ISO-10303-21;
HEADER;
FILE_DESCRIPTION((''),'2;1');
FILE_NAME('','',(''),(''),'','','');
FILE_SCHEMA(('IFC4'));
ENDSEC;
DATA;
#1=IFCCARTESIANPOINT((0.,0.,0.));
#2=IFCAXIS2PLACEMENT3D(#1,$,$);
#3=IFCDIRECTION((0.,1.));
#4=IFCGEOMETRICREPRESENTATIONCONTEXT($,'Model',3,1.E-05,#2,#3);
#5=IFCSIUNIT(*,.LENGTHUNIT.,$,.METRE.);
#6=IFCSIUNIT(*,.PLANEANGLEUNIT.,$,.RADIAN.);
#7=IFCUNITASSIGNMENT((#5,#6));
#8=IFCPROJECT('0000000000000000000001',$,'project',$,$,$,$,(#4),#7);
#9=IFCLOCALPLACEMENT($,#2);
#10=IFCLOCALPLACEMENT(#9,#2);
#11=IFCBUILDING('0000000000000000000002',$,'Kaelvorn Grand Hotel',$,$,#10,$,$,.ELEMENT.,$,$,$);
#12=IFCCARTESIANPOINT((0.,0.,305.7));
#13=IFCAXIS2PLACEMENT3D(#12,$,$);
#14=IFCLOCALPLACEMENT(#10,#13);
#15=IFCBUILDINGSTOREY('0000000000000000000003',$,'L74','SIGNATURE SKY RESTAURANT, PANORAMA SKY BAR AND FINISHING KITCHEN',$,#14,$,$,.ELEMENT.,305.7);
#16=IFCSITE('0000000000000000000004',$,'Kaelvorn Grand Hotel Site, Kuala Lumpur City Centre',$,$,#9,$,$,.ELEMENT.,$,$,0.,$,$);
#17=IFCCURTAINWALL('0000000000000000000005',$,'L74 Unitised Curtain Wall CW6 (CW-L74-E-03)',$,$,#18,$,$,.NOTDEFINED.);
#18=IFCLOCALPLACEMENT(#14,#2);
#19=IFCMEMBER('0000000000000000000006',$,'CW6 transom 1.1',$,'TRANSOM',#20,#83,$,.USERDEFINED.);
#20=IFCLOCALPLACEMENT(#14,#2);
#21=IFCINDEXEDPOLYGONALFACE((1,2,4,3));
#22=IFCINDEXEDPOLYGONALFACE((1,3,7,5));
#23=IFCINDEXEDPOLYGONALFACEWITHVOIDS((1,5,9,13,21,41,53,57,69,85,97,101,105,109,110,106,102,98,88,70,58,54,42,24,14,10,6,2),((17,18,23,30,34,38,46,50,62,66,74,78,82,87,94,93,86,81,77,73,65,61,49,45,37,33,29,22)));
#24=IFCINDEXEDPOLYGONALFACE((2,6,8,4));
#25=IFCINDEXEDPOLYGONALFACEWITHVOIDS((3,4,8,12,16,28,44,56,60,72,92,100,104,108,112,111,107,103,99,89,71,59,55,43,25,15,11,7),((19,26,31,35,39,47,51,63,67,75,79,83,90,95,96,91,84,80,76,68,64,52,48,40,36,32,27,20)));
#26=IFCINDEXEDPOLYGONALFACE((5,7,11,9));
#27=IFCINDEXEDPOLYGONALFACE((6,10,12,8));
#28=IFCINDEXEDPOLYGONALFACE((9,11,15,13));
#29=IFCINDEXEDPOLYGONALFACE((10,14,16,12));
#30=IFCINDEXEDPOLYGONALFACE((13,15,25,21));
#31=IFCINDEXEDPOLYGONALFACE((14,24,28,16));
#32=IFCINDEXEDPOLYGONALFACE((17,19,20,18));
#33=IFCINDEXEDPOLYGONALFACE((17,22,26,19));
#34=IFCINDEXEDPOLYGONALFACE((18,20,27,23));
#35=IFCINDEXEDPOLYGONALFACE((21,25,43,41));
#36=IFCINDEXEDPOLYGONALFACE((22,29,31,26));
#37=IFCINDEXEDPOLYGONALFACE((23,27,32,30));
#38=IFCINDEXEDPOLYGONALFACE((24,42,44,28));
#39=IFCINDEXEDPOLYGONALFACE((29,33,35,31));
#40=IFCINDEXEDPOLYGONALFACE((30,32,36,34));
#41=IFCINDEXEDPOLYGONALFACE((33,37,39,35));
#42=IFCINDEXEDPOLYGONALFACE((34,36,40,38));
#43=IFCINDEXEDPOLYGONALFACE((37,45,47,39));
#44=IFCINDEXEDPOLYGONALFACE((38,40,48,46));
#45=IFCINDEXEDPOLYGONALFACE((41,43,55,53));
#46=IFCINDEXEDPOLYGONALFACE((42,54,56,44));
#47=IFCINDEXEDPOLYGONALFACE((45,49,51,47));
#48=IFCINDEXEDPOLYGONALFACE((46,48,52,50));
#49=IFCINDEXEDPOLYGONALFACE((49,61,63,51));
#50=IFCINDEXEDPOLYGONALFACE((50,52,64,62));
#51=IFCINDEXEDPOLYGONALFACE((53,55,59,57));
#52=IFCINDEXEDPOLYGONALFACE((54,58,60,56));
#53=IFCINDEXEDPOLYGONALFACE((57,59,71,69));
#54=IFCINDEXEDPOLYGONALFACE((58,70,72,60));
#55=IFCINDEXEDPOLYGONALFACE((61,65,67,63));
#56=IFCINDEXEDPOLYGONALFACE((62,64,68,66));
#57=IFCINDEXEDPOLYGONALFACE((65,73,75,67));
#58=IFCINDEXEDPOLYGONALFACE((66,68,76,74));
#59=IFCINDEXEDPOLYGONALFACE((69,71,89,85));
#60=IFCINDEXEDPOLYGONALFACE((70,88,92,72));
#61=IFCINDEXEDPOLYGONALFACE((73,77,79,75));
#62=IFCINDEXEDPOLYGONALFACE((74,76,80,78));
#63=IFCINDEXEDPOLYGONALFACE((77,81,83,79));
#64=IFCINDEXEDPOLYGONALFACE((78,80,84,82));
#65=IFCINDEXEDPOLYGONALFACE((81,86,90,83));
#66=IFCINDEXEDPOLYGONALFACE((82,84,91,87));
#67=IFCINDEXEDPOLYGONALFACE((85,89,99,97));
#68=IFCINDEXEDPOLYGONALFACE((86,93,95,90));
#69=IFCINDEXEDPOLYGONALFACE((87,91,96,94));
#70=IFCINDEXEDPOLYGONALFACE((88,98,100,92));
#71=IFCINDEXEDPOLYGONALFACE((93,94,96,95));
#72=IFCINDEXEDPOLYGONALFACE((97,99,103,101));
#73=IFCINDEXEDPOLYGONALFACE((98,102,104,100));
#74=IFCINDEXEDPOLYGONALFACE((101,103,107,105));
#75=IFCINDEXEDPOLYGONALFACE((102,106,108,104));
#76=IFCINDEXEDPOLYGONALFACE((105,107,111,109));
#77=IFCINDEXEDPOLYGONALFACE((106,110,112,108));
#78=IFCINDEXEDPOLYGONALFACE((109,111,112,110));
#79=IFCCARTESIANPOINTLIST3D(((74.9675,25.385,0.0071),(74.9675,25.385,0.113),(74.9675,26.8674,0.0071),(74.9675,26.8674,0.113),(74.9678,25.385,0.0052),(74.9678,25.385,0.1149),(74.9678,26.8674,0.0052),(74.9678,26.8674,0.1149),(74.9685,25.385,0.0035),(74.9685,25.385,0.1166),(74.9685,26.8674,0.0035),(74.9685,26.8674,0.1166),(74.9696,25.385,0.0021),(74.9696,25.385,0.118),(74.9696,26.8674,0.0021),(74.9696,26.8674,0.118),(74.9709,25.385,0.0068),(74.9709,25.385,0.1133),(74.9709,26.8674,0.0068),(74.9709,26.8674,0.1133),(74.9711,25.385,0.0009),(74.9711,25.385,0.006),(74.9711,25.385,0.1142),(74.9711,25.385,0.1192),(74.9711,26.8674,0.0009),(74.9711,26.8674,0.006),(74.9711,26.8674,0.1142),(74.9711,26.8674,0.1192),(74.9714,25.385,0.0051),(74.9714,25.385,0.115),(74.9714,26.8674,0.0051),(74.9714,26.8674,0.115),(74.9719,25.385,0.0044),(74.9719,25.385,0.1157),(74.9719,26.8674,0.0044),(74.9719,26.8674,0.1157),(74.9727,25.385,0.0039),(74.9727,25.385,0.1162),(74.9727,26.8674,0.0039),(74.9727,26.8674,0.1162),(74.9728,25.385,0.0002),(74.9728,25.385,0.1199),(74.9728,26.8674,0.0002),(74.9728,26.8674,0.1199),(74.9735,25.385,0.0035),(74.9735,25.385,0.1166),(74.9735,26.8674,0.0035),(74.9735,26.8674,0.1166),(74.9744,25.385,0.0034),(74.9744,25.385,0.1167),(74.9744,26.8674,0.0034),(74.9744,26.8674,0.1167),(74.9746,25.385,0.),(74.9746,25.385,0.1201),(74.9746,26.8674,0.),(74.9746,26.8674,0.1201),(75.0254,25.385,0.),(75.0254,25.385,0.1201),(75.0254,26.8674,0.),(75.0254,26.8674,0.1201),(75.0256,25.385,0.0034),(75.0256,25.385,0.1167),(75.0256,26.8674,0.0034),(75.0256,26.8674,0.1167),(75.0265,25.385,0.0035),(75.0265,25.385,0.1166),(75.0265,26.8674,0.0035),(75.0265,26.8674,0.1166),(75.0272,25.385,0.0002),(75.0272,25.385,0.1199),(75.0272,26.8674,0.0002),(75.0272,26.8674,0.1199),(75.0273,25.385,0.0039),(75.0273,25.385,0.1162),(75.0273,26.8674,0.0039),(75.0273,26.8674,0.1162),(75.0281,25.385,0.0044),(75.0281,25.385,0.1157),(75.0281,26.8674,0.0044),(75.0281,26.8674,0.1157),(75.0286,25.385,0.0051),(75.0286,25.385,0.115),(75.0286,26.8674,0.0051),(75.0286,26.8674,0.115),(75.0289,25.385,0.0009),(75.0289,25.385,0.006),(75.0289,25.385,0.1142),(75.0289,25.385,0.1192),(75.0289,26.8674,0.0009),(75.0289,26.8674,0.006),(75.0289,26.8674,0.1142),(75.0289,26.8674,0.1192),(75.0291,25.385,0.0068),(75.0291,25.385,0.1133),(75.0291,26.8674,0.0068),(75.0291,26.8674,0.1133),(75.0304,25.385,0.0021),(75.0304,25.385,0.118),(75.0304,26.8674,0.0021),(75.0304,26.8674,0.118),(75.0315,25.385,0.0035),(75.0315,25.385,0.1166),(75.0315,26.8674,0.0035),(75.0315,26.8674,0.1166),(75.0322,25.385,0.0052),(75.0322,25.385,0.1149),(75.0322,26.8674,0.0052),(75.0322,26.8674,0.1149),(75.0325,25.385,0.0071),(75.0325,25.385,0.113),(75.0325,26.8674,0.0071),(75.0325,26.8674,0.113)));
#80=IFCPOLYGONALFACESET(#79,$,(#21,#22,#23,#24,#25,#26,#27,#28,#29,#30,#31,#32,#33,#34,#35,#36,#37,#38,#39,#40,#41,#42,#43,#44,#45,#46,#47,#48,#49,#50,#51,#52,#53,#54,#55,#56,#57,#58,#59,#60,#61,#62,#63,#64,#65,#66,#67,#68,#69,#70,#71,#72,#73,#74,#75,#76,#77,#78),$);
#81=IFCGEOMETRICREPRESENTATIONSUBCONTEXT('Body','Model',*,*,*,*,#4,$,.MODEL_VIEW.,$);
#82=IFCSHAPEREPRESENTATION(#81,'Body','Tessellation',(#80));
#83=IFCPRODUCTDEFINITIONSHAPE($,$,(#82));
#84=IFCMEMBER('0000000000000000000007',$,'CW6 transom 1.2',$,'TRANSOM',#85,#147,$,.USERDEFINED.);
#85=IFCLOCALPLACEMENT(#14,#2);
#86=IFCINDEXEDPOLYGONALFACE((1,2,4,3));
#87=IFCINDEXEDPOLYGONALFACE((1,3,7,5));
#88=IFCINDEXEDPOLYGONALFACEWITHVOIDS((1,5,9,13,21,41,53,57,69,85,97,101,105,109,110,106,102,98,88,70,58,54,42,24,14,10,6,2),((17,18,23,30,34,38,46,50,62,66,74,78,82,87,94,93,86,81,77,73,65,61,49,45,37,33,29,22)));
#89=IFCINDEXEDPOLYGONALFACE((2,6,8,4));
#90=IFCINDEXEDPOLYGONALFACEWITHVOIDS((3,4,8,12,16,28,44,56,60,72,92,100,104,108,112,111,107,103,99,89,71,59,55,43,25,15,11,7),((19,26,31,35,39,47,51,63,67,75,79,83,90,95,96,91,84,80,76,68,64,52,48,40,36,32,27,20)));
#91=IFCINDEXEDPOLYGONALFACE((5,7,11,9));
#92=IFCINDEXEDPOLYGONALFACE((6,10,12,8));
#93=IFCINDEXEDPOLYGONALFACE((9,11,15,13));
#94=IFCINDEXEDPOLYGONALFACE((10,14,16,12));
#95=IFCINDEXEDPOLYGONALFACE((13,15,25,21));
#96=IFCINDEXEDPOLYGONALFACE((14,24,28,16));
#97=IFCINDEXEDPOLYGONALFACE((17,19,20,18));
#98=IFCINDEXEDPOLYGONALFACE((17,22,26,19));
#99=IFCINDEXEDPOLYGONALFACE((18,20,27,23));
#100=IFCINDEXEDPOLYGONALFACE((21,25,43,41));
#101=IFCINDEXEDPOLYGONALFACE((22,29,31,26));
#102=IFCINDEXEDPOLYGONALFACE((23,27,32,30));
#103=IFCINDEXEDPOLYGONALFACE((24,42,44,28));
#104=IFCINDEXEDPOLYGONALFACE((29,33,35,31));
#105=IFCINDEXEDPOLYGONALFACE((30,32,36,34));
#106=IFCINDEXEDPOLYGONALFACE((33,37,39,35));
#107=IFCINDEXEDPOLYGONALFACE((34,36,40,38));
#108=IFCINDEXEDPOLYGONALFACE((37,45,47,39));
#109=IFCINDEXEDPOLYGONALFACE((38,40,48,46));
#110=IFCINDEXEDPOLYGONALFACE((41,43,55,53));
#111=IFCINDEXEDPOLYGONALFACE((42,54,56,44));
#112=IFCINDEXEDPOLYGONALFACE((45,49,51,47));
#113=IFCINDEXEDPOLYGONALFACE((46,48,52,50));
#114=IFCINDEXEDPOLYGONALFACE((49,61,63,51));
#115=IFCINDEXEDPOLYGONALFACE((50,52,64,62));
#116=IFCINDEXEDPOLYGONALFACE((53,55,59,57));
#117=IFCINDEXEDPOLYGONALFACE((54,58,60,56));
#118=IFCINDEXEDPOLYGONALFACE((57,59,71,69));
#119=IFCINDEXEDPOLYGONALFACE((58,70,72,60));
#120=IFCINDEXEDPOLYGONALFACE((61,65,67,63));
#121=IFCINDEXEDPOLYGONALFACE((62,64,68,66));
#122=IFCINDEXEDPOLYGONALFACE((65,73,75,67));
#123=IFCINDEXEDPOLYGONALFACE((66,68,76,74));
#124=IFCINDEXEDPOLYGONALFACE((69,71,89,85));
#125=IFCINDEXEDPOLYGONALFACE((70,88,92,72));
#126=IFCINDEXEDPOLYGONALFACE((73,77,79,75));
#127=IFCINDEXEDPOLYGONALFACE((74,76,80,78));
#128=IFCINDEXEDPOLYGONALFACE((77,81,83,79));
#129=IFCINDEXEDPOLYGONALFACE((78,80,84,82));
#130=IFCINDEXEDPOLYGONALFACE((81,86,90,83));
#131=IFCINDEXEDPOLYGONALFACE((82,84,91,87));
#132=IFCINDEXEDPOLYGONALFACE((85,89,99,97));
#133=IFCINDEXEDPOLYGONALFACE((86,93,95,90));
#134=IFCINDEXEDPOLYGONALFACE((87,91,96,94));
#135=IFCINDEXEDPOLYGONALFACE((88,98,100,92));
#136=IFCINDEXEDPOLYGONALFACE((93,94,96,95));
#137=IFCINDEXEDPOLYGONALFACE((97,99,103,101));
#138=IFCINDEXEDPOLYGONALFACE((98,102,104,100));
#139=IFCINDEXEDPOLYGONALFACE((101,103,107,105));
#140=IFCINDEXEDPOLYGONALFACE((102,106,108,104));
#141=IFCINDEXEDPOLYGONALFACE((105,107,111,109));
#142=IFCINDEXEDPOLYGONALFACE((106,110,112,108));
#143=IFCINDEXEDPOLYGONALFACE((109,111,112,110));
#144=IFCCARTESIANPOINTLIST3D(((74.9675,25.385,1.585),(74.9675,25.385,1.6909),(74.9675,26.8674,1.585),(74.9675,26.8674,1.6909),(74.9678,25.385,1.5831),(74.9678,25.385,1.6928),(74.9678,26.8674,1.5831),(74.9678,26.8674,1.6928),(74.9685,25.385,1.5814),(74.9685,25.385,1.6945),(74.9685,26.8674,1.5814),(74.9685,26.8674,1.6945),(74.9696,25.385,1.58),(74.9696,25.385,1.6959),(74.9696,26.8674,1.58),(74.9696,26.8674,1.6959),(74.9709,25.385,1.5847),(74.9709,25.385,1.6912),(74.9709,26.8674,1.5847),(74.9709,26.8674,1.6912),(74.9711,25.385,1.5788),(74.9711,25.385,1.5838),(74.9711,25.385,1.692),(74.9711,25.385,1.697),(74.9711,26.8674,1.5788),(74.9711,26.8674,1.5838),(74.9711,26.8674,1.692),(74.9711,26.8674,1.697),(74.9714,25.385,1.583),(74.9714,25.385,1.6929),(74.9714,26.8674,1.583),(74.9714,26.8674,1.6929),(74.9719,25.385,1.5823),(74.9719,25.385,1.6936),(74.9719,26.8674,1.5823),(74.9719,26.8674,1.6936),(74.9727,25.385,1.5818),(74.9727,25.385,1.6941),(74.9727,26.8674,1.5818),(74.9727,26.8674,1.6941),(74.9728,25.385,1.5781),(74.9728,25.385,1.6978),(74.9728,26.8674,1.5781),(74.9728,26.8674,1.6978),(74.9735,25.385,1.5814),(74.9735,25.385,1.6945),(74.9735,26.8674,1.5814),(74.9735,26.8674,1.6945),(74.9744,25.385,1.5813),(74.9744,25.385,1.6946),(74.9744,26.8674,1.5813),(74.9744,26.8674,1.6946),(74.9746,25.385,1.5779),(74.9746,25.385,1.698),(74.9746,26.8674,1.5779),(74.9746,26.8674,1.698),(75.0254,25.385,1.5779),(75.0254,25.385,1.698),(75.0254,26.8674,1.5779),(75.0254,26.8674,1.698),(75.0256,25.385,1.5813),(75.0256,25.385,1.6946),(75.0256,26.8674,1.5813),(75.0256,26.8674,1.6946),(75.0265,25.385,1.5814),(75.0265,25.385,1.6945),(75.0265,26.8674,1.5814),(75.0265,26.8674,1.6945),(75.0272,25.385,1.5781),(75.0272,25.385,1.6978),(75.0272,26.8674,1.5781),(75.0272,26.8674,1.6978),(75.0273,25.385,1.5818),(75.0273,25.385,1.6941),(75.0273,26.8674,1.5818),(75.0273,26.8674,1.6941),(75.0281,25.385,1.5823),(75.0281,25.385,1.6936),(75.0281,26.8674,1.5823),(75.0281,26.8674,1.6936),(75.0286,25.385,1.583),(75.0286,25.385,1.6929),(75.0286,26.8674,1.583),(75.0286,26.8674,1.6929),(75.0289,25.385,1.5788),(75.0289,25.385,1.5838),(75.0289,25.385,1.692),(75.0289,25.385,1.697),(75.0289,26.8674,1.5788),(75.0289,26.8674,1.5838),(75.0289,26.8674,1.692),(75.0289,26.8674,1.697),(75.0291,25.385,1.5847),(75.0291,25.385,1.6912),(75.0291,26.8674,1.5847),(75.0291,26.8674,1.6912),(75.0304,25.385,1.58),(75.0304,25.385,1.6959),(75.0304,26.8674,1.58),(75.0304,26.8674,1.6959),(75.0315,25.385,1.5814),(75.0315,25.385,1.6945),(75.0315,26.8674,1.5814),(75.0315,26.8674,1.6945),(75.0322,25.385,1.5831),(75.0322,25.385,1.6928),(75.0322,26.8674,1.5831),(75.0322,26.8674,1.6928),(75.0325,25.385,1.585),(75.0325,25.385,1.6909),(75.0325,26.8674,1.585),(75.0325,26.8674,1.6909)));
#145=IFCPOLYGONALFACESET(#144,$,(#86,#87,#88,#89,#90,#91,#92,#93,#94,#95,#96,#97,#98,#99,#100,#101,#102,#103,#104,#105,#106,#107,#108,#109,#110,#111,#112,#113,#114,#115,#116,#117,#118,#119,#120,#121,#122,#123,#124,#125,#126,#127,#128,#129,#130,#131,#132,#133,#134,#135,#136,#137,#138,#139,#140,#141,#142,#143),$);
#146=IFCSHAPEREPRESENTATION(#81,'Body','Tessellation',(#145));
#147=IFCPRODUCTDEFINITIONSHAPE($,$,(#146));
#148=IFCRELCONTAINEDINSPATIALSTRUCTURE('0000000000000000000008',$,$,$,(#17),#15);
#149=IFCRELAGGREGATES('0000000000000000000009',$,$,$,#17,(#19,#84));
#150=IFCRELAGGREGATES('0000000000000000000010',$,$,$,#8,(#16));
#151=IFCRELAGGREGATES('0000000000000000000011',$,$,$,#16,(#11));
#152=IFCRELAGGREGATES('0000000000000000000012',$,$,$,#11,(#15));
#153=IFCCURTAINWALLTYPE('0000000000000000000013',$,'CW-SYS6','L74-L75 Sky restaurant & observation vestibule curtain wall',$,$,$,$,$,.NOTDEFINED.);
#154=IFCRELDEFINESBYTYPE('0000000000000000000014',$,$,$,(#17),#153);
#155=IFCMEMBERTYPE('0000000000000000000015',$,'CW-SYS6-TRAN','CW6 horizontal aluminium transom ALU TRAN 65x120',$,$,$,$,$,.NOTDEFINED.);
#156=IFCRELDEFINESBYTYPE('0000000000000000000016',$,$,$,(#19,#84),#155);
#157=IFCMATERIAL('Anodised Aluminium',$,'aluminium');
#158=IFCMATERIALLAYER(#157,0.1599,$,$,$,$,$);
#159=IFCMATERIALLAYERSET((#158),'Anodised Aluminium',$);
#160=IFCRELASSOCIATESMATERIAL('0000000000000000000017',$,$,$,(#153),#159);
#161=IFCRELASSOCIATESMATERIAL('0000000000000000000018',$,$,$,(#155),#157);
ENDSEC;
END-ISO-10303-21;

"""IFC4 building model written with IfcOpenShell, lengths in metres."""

from ifc_helpers import new_model, si_unit, direction, frame, origin, origin_2d, place, context, subcontext, project, spatial, hollow_rectangle, extrude, material, layer, layer_set, material_profile, profile_set, type_object, element, aggregate, save


model = new_model("IFC4")

# Units and contexts
model_context = context("Model", 3, precision=1e-05, world=origin(), true_north=direction((0.0, 1.0)))
body_context = subcontext(model_context, "Body", "Model", "MODEL_VIEW")
ifc_project = project(units=[si_unit("LENGTHUNIT", "METRE"), si_unit("PLANEANGLEUNIT", "RADIAN")], contexts=[model_context])

# Site, building, storey
site_placement = place(None, origin())
site = spatial("IfcSite", under=ifc_project, at=site_placement, Name="Kaelvorn Grand Hotel Site, Kuala Lumpur City Centre", CompositionType="ELEMENT", RefElevation=0.0)
building_placement = place(site_placement, origin())
building = spatial("IfcBuilding", under=site, at=building_placement, Name="Kaelvorn Grand Hotel", CompositionType="ELEMENT")
storey_placement = place(building_placement, frame((0.0, 0.0, 305.7)))
storey = spatial("IfcBuildingStorey", under=building, at=storey_placement, Name="L74", Description="SIGNATURE SKY RESTAURANT, PANORAMA SKY BAR AND FINISHING KITCHEN", CompositionType="ELEMENT", Elevation=305.7)

# Curtain wall
ifc_material_1 = material(Name="Anodised Aluminium", Category="aluminium")
ifc_layer_1 = layer(ifc_material_1, 0.1599)
ifc_layer_set_1 = layer_set([ifc_layer_1], Name="Anodised Aluminium")
curtain_wall_type = type_object("IfcCurtainWallType", Name="CW-SYS6", Description="L74-L75 Sky restaurant & observation vestibule curtain wall", PredefinedType="NOTDEFINED", material=ifc_layer_set_1)
curtain_wall_1_placement = place(storey_placement, origin())
curtain_wall_1 = element("IfcCurtainWall", 1, at=curtain_wall_1_placement, inside=storey, type_object=curtain_wall_type, Name="L74 Unitised Curtain Wall CW6 (CW-L74-E-03)", PredefinedType="NOTDEFINED")

# Members
ifc_material_profile_1 = material_profile(ifc_material_1, hollow_rectangle(XDim=0.0649, YDim=0.1201, WallThickness=0.0034, InnerFilletRadius=0.0034, OuterFilletRadius=0.0071, at=origin_2d()), Name="ALU TRAN 65x120")
ifc_profile_set_1 = profile_set([ifc_material_profile_1], Name="Anodised Aluminium")
member_type_1 = type_object("IfcMemberType", Name="CW-SYS6-TRAN", Description="CW6 horizontal aluminium transom ALU TRAN 65x120", PredefinedType="NOTDEFINED", material=ifc_profile_set_1)
member_1_placement = place(storey_placement, frame((75.0, 25.385, 0.0601), z_axis=(0.0, 1.0, 0.0), x_axis=(-1.0, 0.0, 0.0)))
member_1 = element("IfcMember", 2, at=member_1_placement, type_object=member_type_1, Name="CW6 transom 1.1", ObjectType="TRANSOM", PredefinedType="USERDEFINED", context=body_context, shape_type="SweptSolid", body=[
    extrude(hollow_rectangle(XDim=0.0649, YDim=0.1201, WallThickness=0.0034, InnerFilletRadius=0.0034, OuterFilletRadius=0.0071, at=origin_2d()), origin(), (0.0, 0.0, 1.0), 1.4824),
])
member_2_placement = place(storey_placement, frame((75.0, 25.385, 1.6379), z_axis=(0.0, 1.0, 0.0), x_axis=(-1.0, 0.0, 0.0)))
member_2 = element("IfcMember", 3, at=member_2_placement, type_object=member_type_1, Name="CW6 transom 1.2", ObjectType="TRANSOM", PredefinedType="USERDEFINED", context=body_context, shape_type="SweptSolid", body=[
    extrude(hollow_rectangle(XDim=0.0649, YDim=0.1201, WallThickness=0.0034, InnerFilletRadius=0.0034, OuterFilletRadius=0.0071, at=origin_2d()), origin(), (0.0, 0.0, 1.0), 1.4824),
])

aggregate(curtain_wall_1, [member_1, member_2])

save(model, "model.ifc")
